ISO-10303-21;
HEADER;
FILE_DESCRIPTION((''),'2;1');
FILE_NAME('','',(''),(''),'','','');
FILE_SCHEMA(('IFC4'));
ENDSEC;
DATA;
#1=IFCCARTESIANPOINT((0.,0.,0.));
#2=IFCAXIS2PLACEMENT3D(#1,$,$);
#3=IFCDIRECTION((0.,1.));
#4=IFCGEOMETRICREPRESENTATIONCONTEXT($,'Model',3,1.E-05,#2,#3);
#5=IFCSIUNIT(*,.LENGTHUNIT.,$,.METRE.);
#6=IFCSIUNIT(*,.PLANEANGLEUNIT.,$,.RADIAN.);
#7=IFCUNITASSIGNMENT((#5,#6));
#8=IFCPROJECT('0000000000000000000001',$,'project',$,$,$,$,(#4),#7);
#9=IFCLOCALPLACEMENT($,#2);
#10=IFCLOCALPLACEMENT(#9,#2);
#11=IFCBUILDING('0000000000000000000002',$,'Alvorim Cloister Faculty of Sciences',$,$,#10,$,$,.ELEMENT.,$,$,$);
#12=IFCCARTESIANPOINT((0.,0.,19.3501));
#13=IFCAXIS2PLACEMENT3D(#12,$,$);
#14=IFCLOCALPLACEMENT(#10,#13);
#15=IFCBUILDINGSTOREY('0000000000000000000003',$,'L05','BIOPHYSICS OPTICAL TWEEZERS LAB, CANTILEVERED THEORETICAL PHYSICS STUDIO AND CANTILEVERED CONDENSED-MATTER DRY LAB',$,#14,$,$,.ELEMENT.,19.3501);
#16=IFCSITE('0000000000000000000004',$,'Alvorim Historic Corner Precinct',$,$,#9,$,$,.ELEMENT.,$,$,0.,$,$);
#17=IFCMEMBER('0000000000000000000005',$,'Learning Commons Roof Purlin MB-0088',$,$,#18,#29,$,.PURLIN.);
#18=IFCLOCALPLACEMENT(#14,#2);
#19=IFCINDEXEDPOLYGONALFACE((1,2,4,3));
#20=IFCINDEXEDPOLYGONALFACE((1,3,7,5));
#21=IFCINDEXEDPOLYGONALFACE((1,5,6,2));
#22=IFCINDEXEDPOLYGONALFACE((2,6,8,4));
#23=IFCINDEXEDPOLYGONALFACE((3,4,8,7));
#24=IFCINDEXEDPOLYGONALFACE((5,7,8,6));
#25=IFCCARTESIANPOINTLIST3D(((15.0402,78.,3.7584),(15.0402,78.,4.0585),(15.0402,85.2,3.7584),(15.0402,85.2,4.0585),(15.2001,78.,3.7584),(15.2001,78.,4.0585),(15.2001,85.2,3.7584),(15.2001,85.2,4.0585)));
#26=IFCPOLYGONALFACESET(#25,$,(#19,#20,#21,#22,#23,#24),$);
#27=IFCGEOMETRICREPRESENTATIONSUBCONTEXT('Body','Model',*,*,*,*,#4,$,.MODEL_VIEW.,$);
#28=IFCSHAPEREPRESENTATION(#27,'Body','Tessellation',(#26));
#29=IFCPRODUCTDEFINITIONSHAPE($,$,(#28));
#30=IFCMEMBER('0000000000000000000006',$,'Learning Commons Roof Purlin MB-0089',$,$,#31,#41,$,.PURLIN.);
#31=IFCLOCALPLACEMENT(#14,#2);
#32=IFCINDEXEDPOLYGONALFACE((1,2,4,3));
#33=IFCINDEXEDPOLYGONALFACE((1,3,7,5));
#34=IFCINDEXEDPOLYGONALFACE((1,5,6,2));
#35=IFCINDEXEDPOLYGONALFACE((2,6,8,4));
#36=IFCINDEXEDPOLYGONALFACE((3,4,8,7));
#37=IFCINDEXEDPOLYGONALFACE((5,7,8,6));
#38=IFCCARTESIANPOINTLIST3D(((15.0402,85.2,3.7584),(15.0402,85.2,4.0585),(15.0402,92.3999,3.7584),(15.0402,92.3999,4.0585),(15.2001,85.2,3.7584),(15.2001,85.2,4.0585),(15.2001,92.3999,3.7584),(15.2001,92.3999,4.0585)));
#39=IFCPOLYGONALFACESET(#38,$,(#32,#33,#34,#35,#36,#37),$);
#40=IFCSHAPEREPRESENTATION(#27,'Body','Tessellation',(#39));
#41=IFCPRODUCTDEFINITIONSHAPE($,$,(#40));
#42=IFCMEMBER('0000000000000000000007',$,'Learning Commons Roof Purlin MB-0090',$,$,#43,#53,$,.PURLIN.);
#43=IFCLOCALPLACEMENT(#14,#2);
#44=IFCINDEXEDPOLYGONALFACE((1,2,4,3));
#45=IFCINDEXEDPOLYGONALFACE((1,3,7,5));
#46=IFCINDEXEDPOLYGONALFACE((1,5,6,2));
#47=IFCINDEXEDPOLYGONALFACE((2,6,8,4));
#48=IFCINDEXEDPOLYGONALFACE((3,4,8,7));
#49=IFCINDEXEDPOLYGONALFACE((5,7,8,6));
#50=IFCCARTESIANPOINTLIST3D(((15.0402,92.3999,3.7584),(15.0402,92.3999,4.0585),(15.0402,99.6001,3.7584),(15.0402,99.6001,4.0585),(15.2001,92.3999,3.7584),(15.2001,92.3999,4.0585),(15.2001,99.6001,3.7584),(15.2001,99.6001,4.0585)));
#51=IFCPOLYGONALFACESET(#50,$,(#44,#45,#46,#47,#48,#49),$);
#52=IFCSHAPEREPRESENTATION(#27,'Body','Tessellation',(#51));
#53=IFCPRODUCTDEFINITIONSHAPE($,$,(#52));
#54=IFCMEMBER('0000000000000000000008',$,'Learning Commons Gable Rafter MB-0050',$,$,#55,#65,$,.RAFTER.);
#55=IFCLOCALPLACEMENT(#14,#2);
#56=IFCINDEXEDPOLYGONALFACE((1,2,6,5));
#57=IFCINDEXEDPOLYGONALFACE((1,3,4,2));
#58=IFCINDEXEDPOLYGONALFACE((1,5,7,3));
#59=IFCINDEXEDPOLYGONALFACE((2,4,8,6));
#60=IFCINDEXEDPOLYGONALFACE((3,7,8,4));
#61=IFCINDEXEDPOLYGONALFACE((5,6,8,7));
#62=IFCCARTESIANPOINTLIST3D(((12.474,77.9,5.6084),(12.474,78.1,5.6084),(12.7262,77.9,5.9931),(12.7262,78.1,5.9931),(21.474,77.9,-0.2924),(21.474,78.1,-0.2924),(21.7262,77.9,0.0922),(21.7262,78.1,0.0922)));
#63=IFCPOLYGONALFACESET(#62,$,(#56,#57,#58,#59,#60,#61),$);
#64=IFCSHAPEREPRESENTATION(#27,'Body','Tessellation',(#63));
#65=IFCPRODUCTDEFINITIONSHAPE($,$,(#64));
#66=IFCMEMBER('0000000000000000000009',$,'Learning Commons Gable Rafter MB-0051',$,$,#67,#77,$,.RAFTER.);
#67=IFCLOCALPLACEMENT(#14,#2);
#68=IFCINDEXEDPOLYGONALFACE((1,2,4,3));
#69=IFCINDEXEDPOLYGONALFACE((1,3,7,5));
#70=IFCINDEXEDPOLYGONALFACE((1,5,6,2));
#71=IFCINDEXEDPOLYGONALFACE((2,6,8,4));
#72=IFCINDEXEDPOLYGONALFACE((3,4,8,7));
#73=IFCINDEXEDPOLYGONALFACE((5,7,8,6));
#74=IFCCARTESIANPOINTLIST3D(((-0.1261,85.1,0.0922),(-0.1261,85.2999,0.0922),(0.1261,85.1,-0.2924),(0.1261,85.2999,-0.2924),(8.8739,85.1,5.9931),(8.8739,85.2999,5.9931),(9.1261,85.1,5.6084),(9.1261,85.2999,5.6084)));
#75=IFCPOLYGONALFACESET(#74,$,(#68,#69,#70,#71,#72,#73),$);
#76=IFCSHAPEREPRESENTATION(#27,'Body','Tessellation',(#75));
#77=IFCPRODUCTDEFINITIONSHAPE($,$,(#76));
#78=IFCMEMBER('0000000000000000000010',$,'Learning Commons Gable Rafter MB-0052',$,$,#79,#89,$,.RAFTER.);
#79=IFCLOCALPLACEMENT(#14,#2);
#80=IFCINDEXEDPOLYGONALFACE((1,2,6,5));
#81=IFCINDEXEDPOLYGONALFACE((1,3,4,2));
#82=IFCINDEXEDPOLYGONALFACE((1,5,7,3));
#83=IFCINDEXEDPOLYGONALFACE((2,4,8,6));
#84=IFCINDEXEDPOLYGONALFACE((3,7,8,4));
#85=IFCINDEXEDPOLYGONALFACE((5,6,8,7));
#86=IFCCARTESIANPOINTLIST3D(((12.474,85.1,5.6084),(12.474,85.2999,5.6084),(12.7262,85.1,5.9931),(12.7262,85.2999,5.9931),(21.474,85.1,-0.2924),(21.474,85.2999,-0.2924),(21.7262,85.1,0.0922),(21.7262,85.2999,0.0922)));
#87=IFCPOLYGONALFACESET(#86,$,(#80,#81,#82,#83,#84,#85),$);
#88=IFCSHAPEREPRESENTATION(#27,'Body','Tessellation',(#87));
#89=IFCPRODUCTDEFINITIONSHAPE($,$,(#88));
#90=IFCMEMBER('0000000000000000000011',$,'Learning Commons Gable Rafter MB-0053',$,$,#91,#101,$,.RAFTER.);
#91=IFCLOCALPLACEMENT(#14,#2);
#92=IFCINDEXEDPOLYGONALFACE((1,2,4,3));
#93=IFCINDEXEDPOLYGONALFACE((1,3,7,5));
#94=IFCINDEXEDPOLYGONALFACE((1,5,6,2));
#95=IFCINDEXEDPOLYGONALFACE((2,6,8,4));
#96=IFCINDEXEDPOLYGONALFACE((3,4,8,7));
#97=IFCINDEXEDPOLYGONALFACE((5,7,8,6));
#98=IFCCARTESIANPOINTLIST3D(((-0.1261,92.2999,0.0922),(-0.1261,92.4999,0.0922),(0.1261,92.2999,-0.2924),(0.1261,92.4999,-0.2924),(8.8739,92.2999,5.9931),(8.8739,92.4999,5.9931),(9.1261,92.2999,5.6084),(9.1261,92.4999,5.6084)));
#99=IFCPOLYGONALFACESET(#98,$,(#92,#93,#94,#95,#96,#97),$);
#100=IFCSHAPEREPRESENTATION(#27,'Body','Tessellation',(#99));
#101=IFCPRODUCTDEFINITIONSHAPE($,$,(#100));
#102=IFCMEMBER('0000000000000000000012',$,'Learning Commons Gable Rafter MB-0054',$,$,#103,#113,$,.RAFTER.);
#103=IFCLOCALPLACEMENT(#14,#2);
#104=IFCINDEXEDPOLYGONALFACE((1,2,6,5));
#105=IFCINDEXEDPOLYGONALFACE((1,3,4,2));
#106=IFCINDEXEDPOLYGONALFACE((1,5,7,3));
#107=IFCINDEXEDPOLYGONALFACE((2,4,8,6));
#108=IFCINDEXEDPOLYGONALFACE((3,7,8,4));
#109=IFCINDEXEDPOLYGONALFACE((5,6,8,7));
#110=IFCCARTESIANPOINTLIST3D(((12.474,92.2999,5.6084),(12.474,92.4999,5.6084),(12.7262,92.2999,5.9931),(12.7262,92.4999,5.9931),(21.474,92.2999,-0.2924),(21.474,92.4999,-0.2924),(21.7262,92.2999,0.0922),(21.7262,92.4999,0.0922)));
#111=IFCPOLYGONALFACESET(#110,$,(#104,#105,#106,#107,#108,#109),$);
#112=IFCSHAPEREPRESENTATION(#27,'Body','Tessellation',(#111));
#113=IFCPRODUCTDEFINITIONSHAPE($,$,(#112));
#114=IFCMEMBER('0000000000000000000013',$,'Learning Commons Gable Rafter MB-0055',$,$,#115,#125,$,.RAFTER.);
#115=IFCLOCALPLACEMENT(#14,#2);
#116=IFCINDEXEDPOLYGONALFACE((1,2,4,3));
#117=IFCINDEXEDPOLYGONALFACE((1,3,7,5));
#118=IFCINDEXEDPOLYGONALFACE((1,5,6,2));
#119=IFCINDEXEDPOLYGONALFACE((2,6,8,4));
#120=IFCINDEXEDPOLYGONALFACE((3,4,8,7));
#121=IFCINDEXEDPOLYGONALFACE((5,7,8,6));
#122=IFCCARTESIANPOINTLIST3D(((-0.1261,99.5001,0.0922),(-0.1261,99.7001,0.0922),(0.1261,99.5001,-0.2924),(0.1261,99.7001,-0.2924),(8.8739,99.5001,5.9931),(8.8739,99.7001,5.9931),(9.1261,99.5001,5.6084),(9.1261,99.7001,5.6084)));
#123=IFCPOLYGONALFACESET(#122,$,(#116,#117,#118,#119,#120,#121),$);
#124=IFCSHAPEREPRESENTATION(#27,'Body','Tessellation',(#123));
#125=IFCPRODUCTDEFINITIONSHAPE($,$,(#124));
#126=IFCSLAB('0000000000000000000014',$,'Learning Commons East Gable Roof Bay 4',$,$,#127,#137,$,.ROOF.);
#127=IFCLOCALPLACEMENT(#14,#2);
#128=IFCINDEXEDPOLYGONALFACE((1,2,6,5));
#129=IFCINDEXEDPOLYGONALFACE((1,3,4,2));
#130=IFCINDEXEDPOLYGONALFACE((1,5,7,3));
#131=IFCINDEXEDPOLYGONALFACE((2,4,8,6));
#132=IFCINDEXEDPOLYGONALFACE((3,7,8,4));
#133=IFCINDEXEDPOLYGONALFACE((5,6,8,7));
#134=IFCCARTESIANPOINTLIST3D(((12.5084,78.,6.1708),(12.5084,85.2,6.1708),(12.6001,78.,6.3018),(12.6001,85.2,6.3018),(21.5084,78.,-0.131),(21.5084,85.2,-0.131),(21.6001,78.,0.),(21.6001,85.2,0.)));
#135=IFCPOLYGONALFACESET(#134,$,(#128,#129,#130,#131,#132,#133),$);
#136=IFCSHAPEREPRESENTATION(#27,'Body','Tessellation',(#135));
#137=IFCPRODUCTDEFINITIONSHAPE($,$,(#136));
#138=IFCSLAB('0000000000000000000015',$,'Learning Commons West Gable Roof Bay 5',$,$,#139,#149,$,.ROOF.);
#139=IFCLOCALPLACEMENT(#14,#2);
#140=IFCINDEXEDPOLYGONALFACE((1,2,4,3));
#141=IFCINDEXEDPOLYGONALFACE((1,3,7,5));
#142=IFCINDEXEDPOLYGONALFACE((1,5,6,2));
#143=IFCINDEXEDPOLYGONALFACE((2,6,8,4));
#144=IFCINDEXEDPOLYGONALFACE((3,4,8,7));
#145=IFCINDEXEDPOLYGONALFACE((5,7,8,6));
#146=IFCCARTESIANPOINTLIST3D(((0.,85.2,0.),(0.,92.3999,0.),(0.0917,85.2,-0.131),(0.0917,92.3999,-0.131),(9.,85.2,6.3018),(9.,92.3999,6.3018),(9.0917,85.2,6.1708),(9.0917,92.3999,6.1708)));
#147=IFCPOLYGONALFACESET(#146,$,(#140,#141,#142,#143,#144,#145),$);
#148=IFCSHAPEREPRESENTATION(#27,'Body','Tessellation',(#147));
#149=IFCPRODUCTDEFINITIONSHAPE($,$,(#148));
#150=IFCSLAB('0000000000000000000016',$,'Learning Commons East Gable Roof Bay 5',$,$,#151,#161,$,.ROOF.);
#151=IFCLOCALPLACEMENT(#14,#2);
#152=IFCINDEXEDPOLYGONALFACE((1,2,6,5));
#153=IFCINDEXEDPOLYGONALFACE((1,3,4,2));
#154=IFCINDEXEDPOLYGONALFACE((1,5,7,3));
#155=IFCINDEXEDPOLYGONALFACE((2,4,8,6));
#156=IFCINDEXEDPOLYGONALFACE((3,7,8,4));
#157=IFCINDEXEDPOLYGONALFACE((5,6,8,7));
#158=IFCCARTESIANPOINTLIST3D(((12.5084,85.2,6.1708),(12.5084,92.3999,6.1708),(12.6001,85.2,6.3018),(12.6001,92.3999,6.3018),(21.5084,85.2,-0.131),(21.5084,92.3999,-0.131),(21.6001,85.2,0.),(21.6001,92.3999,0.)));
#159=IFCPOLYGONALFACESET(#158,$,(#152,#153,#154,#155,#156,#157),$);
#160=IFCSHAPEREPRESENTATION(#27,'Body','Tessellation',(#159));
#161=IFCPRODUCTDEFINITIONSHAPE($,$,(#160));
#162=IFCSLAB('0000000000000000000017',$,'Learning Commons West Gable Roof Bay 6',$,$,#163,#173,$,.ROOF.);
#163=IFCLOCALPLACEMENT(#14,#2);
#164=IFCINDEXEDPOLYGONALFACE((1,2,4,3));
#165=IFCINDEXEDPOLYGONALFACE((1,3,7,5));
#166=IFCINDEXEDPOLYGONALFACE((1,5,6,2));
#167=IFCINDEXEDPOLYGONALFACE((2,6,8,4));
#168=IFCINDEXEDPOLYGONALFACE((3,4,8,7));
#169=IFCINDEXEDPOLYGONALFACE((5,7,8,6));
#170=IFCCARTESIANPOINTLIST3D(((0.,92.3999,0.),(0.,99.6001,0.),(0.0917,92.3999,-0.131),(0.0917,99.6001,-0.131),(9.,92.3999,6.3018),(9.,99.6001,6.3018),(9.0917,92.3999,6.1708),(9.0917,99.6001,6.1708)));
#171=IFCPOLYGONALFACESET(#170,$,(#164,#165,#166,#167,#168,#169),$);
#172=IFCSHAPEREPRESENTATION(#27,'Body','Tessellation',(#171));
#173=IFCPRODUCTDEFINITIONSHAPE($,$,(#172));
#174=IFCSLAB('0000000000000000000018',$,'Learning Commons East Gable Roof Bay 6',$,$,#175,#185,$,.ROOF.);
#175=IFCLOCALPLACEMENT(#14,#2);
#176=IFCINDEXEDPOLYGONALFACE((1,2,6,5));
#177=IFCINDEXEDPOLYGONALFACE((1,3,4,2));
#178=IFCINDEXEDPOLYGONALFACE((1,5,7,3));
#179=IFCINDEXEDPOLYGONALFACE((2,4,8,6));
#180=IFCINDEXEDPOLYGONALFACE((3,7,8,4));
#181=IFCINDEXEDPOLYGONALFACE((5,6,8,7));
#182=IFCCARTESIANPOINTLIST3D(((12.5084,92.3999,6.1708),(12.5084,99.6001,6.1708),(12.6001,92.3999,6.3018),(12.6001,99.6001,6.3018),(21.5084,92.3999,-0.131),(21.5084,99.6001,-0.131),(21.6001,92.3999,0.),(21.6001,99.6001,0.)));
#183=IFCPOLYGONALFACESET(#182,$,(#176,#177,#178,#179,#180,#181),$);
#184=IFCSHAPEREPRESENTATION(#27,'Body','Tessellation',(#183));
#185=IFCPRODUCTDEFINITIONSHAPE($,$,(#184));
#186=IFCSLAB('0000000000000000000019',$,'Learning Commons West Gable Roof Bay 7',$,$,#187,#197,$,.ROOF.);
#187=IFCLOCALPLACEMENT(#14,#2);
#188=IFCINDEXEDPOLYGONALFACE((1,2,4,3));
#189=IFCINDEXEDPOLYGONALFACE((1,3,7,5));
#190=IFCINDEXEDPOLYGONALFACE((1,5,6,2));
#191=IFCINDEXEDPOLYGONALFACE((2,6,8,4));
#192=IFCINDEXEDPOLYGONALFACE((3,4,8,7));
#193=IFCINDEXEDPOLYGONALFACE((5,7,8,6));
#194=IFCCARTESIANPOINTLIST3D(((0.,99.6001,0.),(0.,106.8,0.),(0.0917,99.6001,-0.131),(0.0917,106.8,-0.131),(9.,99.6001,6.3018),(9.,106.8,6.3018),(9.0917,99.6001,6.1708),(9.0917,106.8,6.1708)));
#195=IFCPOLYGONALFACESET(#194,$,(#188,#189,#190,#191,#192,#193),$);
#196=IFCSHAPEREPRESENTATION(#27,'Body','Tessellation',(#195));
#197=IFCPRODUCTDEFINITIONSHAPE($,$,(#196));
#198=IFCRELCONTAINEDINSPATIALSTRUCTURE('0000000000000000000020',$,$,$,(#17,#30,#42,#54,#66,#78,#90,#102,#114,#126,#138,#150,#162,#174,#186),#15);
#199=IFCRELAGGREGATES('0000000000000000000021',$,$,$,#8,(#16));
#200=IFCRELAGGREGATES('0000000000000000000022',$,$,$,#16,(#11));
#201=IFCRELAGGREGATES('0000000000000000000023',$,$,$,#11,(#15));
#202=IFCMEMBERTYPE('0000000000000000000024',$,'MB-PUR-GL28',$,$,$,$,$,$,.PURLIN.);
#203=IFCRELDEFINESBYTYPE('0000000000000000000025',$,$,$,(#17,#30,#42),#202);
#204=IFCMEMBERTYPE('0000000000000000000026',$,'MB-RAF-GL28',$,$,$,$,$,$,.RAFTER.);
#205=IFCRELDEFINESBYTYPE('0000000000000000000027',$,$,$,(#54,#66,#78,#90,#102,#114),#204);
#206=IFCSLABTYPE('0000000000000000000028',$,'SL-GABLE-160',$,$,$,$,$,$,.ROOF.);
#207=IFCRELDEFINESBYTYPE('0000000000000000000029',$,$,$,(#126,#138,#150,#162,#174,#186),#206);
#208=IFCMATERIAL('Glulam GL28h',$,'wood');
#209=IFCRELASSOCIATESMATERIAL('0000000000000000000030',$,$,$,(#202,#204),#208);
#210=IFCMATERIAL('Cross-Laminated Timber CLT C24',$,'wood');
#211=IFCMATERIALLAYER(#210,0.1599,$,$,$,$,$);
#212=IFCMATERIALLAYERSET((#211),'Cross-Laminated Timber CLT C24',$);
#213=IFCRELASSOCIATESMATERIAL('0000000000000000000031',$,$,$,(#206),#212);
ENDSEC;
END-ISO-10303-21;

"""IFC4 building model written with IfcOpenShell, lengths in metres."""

from ifc_helpers import new_model, si_unit, direction, frame, origin, origin_2d, place, context, subcontext, project, spatial, polyline, rectangle, outline, extrude, material, layer, layer_set, material_profile, profile_set, type_object, element, save


model = new_model("IFC4")

# Units and contexts
model_context = context("Model", 3, precision=1e-05, world=origin(), true_north=direction((0.0, 1.0)))
body_context = subcontext(model_context, "Body", "Model", "MODEL_VIEW")
ifc_project = project(units=[si_unit("LENGTHUNIT", "METRE"), si_unit("PLANEANGLEUNIT", "RADIAN")], contexts=[model_context])

# Site, building, storey
site_placement = place(None, origin())
site = spatial("IfcSite", under=ifc_project, at=site_placement, Name="Alvorim Historic Corner Precinct", CompositionType="ELEMENT", RefElevation=0.0)
building_placement = place(site_placement, origin())
building = spatial("IfcBuilding", under=site, at=building_placement, Name="Alvorim Cloister Faculty of Sciences", CompositionType="ELEMENT")
storey_placement = place(building_placement, frame((0.0, 0.0, 19.3501)))
storey = spatial("IfcBuildingStorey", under=building, at=storey_placement, Name="L05", Description="BIOPHYSICS OPTICAL TWEEZERS LAB, CANTILEVERED THEORETICAL PHYSICS STUDIO AND CANTILEVERED CONDENSED-MATTER DRY LAB", CompositionType="ELEMENT", Elevation=19.3501)

# Shared definitions
ifc_material_1 = material(Name="Glulam GL28h", Category="wood")

# Members
ifc_material_profile_1 = material_profile(ifc_material_1, rectangle(XDim=0.1599, YDim=0.3, at=origin_2d()), Name="GL28-PUR-160x300")
ifc_profile_set_1 = profile_set([ifc_material_profile_1], Name="Glulam GL28h")
member_type_1 = type_object("IfcMemberType", Name="MB-PUR-GL28", PredefinedType="PURLIN", material=ifc_profile_set_1)
for number, where, z_axis, x_axis, name in (
    (1, (15.1201, 78.0, 3.9084), (0.0, 1.0, 0.0), (-1.0, 0.0, 0.0), "Learning Commons Roof Purlin MB-0088"),
    (2, (15.1201, 85.2, 3.9084), (0.0, 1.0, 0.0), (-1.0, 0.0, 0.0), "Learning Commons Roof Purlin MB-0089"),
):
    element("IfcMember", number, at=place(storey_placement, frame(where, z_axis=z_axis, x_axis=x_axis)), inside=storey, type_object=member_type_1, Name=name, PredefinedType="PURLIN", context=body_context, shape_type="SweptSolid", body=[
        extrude(rectangle(XDim=0.1599, YDim=0.3, at=origin_2d()), origin(), (0.0, 0.0, 1.0), 7.2),
    ])
member_1_placement = place(storey_placement, frame((15.1201, 92.3999, 3.9084), z_axis=(0.0, 1.0, 0.0), x_axis=(-1.0, 0.0, 0.0)))
element("IfcMember", 3, at=member_1_placement, inside=storey, type_object=member_type_1, Name="Learning Commons Roof Purlin MB-0090", PredefinedType="PURLIN", context=body_context, shape_type="SweptSolid", body=[
    extrude(rectangle(XDim=0.1599, YDim=0.3, at=origin_2d()), origin(), (0.0, 0.0, 1.0), 7.2002),
])
ifc_material_profile_2 = material_profile(ifc_material_1, rectangle(XDim=0.2, YDim=0.46, at=origin_2d()), Name="GL28-RAF-200x460")
ifc_profile_set_2 = profile_set([ifc_material_profile_2], Name="Glulam GL28h")
member_type_2 = type_object("IfcMemberType", Name="MB-RAF-GL28", PredefinedType="RAFTER", material=ifc_profile_set_2)
for number, where, z_axis, x_axis, name in (
    (4, (21.6001, 78.0, -0.1001), (-0.836277, 0.0, 0.548308), (0.0, -1.0, 0.0), "Learning Commons Gable Rafter MB-0050"),
    (5, (0.0, 85.2, -0.1001), (0.836277, 0.0, 0.548308), (0.0, 1.0, 0.0), "Learning Commons Gable Rafter MB-0051"),
    (6, (21.6001, 85.2, -0.1001), (-0.836277, 0.0, 0.548308), (0.0, -1.0, 0.0), "Learning Commons Gable Rafter MB-0052"),
    (7, (0.0, 92.3999, -0.1001), (0.836277, 0.0, 0.548308), (0.0, 1.0, 0.0), "Learning Commons Gable Rafter MB-0053"),
    (8, (21.6001, 92.3999, -0.1001), (-0.836277, 0.0, 0.548308), (0.0, -1.0, 0.0), "Learning Commons Gable Rafter MB-0054"),
    (9, (0.0, 99.6001, -0.1001), (0.836277, 0.0, 0.548308), (0.0, 1.0, 0.0), "Learning Commons Gable Rafter MB-0055"),
):
    element("IfcMember", number, at=place(storey_placement, frame(where, z_axis=z_axis, x_axis=x_axis)), inside=storey, type_object=member_type_2, Name=name, PredefinedType="RAFTER", context=body_context, shape_type="SweptSolid", body=[
        extrude(rectangle(XDim=0.2, YDim=0.46, at=origin_2d()), origin(), (0.0, 0.0, 1.0), 10.762),
    ])

# Slabs
ifc_material_2 = material(Name="Cross-Laminated Timber CLT C24", Category="wood")
ifc_layer = layer(ifc_material_2, 0.1599)
ifc_layer_set = layer_set([ifc_layer], Name="Cross-Laminated Timber CLT C24")
slab_type = type_object("IfcSlabType", Name="SL-GABLE-160", PredefinedType="ROOF", material=ifc_layer_set)
for number, where, z_axis, x_axis, name in (
    (10, (12.6001, 78.0, 6.3018), (0.57357, 0.0, 0.819157), (0.819157, 0.0, -0.57357), "Learning Commons East Gable Roof Bay 4"),
    (11, (0.0, 85.2, 0.0), (-0.57357, 0.0, 0.819157), (0.819157, 0.0, 0.57357), "Learning Commons West Gable Roof Bay 5"),
    (12, (12.6001, 85.2, 6.3018), (0.57357, 0.0, 0.819157), (0.819157, 0.0, -0.57357), "Learning Commons East Gable Roof Bay 5"),
):
    element("IfcSlab", number, at=place(storey_placement, frame(where, z_axis=z_axis, x_axis=x_axis)), inside=storey, type_object=slab_type, Name=name, PredefinedType="ROOF", context=body_context, shape_type="SweptSolid", body=[
        extrude(outline(polyline([(0.0, 0.0), (10.9869, 0.0), (10.9869, 7.2), (0.0, 7.2), (0.0, 0.0)])), origin(), (0.0, 0.0, -1.0), 0.1599),
    ])
for number, where, z_axis, x_axis, name in (
    (13, (0.0, 92.3999, 0.0), (-0.57357, 0.0, 0.819157), (0.819157, 0.0, 0.57357), "Learning Commons West Gable Roof Bay 6"),
    (14, (12.6001, 92.3999, 6.3018), (0.57357, 0.0, 0.819157), (0.819157, 0.0, -0.57357), "Learning Commons East Gable Roof Bay 6"),
):
    element("IfcSlab", number, at=place(storey_placement, frame(where, z_axis=z_axis, x_axis=x_axis)), inside=storey, type_object=slab_type, Name=name, PredefinedType="ROOF", context=body_context, shape_type="SweptSolid", body=[
        extrude(outline(polyline([(0.0, 0.0), (10.9869, 0.0), (10.9869, 7.2002), (0.0, 7.2002), (0.0, 0.0)])), origin(), (0.0, 0.0, -1.0), 0.1599),
    ])
slab_placement = place(storey_placement, frame((0.0, 99.6001, 0.0), z_axis=(-0.57357, 0.0, 0.819157), x_axis=(0.819157, 0.0, 0.57357)))
element("IfcSlab", 15, at=slab_placement, inside=storey, type_object=slab_type, Name="Learning Commons West Gable Roof Bay 7", PredefinedType="ROOF", context=body_context, shape_type="SweptSolid", body=[
    extrude(outline(polyline([(0.0, 0.0), (10.9869, 0.0), (10.9869, 7.2), (0.0, 7.2), (0.0, 0.0)])), origin(), (0.0, 0.0, -1.0), 0.1599),
])

save(model, "model.ifc")
